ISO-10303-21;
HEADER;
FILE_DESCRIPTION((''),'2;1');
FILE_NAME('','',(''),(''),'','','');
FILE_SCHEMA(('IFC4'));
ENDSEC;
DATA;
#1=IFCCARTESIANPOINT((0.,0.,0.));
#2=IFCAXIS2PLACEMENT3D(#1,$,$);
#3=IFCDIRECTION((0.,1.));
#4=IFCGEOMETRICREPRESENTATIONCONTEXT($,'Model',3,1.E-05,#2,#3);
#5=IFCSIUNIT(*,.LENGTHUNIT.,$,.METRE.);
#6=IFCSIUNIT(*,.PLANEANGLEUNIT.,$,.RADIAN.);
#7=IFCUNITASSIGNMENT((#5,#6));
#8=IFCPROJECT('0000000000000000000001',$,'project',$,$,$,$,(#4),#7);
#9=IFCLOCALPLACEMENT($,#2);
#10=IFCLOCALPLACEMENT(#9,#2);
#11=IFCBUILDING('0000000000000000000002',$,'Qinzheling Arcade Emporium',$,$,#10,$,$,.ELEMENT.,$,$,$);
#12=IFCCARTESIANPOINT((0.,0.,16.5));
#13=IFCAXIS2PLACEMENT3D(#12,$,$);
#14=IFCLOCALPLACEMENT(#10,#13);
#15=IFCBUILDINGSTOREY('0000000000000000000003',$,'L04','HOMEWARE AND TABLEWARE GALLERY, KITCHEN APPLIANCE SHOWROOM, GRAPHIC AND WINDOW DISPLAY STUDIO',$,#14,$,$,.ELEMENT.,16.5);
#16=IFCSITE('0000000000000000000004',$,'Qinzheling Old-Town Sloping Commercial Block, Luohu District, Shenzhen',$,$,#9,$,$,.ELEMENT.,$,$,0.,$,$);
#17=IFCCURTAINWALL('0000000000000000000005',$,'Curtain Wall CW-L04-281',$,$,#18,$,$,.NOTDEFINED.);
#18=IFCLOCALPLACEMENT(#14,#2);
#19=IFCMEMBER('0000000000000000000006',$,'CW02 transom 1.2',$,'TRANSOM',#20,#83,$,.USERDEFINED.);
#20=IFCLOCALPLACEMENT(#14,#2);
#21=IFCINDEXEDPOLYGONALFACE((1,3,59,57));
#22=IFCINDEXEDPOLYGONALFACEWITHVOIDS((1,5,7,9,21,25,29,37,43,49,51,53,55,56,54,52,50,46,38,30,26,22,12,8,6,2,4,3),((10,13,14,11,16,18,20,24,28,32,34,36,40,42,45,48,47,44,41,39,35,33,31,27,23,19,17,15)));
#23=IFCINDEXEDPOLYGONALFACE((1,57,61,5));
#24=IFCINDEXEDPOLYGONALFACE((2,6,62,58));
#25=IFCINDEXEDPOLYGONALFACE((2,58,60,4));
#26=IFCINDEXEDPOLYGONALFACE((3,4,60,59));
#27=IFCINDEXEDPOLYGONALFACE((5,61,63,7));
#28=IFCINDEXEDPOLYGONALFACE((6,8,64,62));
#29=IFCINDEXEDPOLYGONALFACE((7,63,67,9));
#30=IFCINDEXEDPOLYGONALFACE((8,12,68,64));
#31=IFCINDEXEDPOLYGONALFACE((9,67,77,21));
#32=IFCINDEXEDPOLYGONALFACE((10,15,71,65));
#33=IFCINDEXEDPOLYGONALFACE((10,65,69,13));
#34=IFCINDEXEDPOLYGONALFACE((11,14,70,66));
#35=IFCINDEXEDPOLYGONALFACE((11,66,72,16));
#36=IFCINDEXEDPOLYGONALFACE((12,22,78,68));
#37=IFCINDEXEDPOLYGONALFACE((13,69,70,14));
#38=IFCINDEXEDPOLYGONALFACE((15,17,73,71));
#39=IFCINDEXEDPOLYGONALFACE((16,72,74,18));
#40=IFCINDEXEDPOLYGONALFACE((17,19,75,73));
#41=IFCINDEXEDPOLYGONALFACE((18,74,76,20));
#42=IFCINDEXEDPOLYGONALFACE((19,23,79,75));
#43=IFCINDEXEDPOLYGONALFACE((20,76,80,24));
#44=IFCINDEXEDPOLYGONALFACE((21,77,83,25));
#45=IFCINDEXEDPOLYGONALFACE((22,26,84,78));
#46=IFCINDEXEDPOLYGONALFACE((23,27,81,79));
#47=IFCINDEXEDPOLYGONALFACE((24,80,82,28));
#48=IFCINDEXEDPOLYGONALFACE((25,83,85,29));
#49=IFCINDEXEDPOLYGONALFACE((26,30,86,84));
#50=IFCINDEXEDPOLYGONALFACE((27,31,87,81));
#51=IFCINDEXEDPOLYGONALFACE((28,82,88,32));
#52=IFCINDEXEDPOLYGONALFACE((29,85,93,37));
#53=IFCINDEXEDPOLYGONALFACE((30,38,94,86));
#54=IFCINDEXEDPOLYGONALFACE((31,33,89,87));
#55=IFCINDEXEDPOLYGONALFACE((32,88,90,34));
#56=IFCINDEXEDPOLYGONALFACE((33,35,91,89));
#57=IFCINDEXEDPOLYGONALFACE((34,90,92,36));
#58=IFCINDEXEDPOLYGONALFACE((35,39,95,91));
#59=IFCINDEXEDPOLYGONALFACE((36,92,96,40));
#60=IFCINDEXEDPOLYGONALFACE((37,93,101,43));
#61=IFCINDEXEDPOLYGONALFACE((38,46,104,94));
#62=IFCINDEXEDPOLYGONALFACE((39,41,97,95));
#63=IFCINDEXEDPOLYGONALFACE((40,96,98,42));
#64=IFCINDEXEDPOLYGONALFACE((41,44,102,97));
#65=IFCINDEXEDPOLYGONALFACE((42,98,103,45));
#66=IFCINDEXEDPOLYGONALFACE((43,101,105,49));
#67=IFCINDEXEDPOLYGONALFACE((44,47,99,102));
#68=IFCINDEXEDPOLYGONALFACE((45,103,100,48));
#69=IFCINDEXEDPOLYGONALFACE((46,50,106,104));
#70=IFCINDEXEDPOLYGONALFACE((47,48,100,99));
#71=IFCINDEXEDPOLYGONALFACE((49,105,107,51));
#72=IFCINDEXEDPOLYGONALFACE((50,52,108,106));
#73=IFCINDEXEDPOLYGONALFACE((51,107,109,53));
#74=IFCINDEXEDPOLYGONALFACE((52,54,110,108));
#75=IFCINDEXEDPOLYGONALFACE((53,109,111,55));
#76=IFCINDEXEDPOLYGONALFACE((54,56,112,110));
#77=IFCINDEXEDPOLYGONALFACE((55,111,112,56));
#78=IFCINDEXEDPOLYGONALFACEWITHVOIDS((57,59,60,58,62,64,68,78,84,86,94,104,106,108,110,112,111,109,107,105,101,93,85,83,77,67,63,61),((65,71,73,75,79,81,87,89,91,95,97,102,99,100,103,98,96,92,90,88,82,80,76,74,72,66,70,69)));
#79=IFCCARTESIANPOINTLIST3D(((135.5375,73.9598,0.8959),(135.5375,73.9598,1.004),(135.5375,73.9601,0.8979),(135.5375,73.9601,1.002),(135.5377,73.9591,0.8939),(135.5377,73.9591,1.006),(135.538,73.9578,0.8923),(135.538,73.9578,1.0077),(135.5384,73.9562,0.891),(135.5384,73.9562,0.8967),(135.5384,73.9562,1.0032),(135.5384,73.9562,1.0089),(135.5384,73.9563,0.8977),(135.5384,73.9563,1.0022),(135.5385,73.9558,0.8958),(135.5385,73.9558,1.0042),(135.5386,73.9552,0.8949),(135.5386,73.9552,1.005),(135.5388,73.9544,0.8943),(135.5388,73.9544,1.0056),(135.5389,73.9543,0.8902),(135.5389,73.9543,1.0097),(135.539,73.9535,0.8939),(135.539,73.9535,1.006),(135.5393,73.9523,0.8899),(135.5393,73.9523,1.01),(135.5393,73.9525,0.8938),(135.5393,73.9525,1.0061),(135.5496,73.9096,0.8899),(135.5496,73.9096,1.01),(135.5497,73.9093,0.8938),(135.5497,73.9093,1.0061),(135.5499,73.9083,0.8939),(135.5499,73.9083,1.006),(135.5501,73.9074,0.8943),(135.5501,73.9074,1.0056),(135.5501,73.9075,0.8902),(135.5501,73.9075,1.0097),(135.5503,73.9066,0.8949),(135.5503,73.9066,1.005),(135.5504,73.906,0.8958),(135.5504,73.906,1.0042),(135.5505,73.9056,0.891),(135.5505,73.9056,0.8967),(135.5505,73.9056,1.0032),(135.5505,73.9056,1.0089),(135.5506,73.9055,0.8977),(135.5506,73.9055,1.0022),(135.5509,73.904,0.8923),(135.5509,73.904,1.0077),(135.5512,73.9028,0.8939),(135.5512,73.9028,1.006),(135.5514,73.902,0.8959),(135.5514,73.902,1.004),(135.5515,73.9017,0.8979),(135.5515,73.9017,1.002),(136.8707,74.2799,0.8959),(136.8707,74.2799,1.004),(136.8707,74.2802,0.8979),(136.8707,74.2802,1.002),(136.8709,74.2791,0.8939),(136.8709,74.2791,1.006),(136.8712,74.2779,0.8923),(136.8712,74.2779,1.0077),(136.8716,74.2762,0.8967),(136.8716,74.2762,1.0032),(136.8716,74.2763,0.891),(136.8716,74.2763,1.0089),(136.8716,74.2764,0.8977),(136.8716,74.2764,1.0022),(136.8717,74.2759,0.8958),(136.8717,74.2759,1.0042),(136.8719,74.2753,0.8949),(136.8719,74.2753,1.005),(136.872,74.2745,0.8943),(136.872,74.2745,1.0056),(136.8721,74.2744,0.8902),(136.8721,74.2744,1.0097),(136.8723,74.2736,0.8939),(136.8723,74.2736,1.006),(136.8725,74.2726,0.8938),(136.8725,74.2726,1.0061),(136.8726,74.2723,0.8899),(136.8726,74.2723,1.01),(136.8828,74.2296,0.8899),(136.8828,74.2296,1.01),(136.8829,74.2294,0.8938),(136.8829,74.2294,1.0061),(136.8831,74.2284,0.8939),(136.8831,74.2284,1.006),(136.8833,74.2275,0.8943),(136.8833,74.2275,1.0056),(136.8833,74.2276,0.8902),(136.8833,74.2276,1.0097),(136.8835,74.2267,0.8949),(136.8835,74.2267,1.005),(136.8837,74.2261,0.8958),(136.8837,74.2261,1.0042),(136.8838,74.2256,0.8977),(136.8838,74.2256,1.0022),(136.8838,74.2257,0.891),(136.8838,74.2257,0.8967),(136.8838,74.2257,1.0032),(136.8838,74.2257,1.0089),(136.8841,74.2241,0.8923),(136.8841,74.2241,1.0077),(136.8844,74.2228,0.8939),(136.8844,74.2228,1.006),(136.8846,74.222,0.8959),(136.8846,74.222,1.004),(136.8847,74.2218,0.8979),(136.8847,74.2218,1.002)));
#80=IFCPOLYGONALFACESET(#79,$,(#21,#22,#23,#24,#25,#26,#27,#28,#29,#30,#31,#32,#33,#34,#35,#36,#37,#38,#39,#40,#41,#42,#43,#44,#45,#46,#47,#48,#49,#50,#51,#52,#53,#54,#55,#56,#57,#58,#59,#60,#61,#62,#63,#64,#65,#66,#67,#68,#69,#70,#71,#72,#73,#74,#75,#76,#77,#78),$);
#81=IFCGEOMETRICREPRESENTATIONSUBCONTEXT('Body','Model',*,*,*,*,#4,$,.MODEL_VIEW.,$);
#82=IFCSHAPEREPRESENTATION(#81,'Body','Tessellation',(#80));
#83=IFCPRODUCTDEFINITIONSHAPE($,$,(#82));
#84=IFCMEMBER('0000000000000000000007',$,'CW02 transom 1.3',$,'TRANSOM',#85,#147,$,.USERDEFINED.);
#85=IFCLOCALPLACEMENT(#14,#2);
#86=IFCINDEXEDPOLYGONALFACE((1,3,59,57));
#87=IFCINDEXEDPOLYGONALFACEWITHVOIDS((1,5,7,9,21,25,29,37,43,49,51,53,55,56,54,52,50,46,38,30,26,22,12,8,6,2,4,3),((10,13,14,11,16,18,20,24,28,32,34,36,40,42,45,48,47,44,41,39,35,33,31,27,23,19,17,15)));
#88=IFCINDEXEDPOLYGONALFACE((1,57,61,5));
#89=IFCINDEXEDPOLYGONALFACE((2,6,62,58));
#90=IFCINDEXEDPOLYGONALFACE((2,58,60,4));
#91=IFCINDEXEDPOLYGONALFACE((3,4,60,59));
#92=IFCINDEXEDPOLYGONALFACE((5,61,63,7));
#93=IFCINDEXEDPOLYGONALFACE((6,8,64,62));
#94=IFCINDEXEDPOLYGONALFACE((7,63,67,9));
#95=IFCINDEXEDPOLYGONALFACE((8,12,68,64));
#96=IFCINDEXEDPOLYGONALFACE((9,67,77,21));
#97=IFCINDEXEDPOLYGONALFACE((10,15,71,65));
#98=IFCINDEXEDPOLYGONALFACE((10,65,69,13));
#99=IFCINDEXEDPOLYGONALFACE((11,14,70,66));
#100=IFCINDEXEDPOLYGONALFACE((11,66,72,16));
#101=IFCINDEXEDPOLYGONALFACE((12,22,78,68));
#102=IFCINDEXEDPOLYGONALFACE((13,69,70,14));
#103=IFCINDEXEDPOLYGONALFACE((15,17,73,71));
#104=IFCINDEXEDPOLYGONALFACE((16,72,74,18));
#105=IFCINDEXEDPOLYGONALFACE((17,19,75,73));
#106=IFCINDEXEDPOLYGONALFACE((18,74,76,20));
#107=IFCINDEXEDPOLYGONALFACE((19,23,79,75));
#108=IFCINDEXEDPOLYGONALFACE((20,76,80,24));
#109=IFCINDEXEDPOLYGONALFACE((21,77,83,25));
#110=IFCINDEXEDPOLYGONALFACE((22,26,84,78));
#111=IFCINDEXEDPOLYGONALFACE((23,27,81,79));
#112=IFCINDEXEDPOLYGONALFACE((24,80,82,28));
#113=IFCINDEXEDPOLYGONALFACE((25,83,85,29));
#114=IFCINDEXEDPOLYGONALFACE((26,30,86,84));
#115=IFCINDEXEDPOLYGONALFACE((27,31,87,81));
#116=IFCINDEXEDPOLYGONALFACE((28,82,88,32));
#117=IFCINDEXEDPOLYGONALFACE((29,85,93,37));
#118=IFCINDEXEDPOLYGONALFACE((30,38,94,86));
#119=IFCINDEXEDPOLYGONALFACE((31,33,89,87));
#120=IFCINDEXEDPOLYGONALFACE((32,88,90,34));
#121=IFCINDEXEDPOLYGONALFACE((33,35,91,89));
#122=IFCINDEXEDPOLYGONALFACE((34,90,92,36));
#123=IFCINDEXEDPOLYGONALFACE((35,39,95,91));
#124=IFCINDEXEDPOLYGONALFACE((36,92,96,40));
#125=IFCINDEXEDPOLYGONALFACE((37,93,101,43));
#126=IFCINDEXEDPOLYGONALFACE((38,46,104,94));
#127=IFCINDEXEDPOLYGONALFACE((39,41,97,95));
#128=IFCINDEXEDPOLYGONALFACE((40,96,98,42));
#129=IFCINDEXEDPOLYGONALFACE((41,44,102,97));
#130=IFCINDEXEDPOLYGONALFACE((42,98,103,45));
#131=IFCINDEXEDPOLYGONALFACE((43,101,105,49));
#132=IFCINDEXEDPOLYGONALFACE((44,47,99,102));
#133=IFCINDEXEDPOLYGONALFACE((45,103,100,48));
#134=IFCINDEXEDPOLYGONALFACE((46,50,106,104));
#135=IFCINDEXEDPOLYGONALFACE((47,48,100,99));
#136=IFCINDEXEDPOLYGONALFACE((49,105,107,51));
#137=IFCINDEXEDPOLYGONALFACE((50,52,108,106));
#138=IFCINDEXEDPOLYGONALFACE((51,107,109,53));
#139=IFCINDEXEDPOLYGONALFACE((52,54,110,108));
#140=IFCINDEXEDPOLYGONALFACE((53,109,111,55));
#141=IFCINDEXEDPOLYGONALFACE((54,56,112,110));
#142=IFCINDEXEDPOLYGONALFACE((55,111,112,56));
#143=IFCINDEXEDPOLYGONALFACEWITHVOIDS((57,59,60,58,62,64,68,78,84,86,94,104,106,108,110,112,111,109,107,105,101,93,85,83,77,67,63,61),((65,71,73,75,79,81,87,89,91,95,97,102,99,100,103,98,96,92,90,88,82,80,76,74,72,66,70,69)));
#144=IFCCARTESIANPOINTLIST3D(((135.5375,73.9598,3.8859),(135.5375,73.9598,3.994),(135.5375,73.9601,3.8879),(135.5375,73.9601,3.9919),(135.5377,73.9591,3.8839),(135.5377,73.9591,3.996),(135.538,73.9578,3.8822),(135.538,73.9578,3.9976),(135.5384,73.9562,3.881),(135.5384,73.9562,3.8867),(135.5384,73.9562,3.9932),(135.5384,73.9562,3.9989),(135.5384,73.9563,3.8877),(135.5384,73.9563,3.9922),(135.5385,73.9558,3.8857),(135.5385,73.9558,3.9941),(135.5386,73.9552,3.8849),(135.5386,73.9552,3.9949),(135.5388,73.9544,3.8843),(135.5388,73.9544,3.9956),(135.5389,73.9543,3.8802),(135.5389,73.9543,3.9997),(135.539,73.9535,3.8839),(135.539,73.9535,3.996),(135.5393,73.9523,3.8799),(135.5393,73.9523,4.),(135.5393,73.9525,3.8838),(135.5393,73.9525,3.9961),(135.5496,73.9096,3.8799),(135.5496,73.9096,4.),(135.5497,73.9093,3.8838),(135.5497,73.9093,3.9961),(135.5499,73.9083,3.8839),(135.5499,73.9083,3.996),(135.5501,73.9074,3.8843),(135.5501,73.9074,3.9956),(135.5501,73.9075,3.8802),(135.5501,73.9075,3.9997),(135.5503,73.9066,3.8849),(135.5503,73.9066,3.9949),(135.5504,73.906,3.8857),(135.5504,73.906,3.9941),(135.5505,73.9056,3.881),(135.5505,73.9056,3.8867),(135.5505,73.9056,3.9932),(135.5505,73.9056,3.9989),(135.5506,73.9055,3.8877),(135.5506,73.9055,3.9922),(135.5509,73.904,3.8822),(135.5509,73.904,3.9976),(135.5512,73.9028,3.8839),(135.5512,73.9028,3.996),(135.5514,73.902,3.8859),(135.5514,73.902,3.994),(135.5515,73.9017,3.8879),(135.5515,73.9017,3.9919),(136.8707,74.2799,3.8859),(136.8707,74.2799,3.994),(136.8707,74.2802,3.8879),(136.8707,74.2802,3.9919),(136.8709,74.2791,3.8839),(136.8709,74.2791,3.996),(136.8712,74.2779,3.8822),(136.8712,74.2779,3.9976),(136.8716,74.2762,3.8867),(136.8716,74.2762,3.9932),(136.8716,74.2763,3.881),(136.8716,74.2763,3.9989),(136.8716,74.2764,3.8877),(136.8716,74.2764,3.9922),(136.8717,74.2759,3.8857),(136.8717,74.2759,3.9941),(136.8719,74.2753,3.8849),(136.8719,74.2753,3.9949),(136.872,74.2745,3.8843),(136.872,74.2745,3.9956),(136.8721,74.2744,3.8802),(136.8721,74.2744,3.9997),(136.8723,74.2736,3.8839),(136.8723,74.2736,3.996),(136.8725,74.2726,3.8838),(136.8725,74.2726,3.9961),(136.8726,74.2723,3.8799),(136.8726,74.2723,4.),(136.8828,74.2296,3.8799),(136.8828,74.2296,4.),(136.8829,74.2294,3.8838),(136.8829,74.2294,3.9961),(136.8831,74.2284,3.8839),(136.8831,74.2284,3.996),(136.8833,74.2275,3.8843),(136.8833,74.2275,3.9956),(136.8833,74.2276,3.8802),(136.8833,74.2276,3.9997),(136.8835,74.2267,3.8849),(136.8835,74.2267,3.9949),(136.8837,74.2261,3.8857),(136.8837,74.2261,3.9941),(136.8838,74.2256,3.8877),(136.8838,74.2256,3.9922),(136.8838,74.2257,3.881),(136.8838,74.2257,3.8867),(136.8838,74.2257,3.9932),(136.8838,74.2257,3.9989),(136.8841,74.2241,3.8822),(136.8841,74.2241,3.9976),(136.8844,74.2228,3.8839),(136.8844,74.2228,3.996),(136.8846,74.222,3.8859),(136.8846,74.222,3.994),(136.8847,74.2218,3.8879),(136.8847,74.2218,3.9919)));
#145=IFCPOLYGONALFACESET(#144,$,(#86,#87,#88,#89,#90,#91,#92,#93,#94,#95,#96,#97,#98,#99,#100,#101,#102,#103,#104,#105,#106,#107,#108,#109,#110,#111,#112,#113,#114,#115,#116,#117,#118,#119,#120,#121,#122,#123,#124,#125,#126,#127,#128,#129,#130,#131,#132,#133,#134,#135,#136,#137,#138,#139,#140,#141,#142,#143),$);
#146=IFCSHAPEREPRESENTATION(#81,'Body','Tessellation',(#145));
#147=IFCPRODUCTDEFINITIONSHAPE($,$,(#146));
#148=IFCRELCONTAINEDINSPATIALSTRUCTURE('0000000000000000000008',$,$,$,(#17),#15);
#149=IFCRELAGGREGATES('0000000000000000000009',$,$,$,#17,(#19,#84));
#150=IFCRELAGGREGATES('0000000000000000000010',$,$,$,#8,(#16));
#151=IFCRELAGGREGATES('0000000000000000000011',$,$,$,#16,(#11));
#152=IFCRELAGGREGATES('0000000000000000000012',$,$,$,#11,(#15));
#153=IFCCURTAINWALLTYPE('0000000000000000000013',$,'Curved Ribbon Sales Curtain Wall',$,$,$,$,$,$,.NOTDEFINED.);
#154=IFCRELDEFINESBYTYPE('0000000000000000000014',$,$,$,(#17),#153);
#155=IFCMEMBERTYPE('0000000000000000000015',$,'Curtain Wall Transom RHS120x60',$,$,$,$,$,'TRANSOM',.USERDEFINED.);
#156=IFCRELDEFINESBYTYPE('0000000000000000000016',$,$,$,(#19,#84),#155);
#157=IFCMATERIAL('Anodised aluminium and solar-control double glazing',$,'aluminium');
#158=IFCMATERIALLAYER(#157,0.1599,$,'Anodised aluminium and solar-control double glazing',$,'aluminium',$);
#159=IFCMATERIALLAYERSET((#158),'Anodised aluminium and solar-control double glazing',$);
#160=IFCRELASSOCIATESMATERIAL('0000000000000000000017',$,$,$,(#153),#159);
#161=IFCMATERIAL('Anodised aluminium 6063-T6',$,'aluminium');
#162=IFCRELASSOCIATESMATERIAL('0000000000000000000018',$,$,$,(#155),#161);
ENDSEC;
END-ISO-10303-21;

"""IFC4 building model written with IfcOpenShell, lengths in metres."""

from ifc_helpers import new_model, si_unit, direction, frame, origin, origin_2d, place, context, subcontext, project, spatial, hollow_rectangle, extrude, material, layer, layer_set, material_profile, profile_set, type_object, element, aggregate, save


model = new_model("IFC4")

# Units and contexts
model_context = context("Model", 3, precision=1e-05, world=origin(), true_north=direction((0.0, 1.0)))
body_context = subcontext(model_context, "Body", "Model", "MODEL_VIEW")
ifc_project = project(units=[si_unit("LENGTHUNIT", "METRE"), si_unit("PLANEANGLEUNIT", "RADIAN")], contexts=[model_context])

# Site, building, storey
site_placement = place(None, origin())
site = spatial("IfcSite", under=ifc_project, at=site_placement, Name="Qinzheling Old-Town Sloping Commercial Block, Luohu District, Shenzhen", CompositionType="ELEMENT", RefElevation=0.0)
building_placement = place(site_placement, origin())
building = spatial("IfcBuilding", under=site, at=building_placement, Name="Qinzheling Arcade Emporium", CompositionType="ELEMENT")
storey_placement = place(building_placement, frame((0.0, 0.0, 16.5)))
storey = spatial("IfcBuildingStorey", under=building, at=storey_placement, Name="L04", Description="HOMEWARE AND TABLEWARE GALLERY, KITCHEN APPLIANCE SHOWROOM, GRAPHIC AND WINDOW DISPLAY STUDIO", CompositionType="ELEMENT", Elevation=16.5)

# Shared definitions
ifc_material_1 = material(Name="Anodised aluminium and solar-control double glazing", Category="aluminium")
ifc_layer_1 = layer(ifc_material_1, 0.1599, Name="Anodised aluminium and solar-control double glazing", Category="aluminium")
ifc_layer_set_1 = layer_set([ifc_layer_1], Name="Anodised aluminium and solar-control double glazing")
curtain_wall_type_1 = type_object("IfcCurtainWallType", Name="Curved Ribbon Sales Curtain Wall", PredefinedType="NOTDEFINED", material=ifc_layer_set_1)
ifc_material_2 = material(Name="Anodised aluminium 6063-T6", Category="aluminium")

# Curtain wall
curtain_wall_1_placement = place(storey_placement, origin())
curtain_wall_1 = element("IfcCurtainWall", 1, at=curtain_wall_1_placement, inside=storey, type_object=curtain_wall_type_1, Name="Curtain Wall CW-L04-281", PredefinedType="NOTDEFINED")

# Members
ifc_material_profile_1 = material_profile(ifc_material_2, hollow_rectangle(XDim=0.0601, YDim=0.1201, WallThickness=0.0039, InnerFilletRadius=0.0039, OuterFilletRadius=0.0081, at=origin_2d()), Name="RHS 120x60x4", Category="aluminium")
ifc_profile_set_1 = profile_set([ifc_material_profile_1], Name="Anodised aluminium 6063-T6")
member_type_1 = type_object("IfcMemberType", Name="Curtain Wall Transom RHS120x60", ElementType="TRANSOM", PredefinedType="USERDEFINED", material=ifc_profile_set_1)
member_1_placement = place(storey_placement, frame((136.8777, 74.251, 0.95), z_axis=(-0.972373, -0.233434, 0.0), x_axis=(0.233434, -0.972373, 0.0)))
member_1 = element("IfcMember", 2, at=member_1_placement, type_object=member_type_1, Name="CW02 transom 1.2", ObjectType="TRANSOM", PredefinedType="USERDEFINED", context=body_context, shape_type="SweptSolid", body=[
    extrude(hollow_rectangle(XDim=0.0601, YDim=0.1201, WallThickness=0.0039, InnerFilletRadius=0.0039, OuterFilletRadius=0.0081, at=origin_2d()), origin(), (0.0, 0.0, 1.0), 1.3711),
])
member_2_placement = place(storey_placement, frame((136.8777, 74.251, 3.9399), z_axis=(-0.972373, -0.233434, 0.0), x_axis=(0.233434, -0.972373, 0.0)))
member_2 = element("IfcMember", 3, at=member_2_placement, type_object=member_type_1, Name="CW02 transom 1.3", ObjectType="TRANSOM", PredefinedType="USERDEFINED", context=body_context, shape_type="SweptSolid", body=[
    extrude(hollow_rectangle(XDim=0.0601, YDim=0.1201, WallThickness=0.0039, InnerFilletRadius=0.0039, OuterFilletRadius=0.0081, at=origin_2d()), origin(), (0.0, 0.0, 1.0), 1.3711),
])

aggregate(curtain_wall_1, [member_1, member_2])

save(model, "model.ifc")
